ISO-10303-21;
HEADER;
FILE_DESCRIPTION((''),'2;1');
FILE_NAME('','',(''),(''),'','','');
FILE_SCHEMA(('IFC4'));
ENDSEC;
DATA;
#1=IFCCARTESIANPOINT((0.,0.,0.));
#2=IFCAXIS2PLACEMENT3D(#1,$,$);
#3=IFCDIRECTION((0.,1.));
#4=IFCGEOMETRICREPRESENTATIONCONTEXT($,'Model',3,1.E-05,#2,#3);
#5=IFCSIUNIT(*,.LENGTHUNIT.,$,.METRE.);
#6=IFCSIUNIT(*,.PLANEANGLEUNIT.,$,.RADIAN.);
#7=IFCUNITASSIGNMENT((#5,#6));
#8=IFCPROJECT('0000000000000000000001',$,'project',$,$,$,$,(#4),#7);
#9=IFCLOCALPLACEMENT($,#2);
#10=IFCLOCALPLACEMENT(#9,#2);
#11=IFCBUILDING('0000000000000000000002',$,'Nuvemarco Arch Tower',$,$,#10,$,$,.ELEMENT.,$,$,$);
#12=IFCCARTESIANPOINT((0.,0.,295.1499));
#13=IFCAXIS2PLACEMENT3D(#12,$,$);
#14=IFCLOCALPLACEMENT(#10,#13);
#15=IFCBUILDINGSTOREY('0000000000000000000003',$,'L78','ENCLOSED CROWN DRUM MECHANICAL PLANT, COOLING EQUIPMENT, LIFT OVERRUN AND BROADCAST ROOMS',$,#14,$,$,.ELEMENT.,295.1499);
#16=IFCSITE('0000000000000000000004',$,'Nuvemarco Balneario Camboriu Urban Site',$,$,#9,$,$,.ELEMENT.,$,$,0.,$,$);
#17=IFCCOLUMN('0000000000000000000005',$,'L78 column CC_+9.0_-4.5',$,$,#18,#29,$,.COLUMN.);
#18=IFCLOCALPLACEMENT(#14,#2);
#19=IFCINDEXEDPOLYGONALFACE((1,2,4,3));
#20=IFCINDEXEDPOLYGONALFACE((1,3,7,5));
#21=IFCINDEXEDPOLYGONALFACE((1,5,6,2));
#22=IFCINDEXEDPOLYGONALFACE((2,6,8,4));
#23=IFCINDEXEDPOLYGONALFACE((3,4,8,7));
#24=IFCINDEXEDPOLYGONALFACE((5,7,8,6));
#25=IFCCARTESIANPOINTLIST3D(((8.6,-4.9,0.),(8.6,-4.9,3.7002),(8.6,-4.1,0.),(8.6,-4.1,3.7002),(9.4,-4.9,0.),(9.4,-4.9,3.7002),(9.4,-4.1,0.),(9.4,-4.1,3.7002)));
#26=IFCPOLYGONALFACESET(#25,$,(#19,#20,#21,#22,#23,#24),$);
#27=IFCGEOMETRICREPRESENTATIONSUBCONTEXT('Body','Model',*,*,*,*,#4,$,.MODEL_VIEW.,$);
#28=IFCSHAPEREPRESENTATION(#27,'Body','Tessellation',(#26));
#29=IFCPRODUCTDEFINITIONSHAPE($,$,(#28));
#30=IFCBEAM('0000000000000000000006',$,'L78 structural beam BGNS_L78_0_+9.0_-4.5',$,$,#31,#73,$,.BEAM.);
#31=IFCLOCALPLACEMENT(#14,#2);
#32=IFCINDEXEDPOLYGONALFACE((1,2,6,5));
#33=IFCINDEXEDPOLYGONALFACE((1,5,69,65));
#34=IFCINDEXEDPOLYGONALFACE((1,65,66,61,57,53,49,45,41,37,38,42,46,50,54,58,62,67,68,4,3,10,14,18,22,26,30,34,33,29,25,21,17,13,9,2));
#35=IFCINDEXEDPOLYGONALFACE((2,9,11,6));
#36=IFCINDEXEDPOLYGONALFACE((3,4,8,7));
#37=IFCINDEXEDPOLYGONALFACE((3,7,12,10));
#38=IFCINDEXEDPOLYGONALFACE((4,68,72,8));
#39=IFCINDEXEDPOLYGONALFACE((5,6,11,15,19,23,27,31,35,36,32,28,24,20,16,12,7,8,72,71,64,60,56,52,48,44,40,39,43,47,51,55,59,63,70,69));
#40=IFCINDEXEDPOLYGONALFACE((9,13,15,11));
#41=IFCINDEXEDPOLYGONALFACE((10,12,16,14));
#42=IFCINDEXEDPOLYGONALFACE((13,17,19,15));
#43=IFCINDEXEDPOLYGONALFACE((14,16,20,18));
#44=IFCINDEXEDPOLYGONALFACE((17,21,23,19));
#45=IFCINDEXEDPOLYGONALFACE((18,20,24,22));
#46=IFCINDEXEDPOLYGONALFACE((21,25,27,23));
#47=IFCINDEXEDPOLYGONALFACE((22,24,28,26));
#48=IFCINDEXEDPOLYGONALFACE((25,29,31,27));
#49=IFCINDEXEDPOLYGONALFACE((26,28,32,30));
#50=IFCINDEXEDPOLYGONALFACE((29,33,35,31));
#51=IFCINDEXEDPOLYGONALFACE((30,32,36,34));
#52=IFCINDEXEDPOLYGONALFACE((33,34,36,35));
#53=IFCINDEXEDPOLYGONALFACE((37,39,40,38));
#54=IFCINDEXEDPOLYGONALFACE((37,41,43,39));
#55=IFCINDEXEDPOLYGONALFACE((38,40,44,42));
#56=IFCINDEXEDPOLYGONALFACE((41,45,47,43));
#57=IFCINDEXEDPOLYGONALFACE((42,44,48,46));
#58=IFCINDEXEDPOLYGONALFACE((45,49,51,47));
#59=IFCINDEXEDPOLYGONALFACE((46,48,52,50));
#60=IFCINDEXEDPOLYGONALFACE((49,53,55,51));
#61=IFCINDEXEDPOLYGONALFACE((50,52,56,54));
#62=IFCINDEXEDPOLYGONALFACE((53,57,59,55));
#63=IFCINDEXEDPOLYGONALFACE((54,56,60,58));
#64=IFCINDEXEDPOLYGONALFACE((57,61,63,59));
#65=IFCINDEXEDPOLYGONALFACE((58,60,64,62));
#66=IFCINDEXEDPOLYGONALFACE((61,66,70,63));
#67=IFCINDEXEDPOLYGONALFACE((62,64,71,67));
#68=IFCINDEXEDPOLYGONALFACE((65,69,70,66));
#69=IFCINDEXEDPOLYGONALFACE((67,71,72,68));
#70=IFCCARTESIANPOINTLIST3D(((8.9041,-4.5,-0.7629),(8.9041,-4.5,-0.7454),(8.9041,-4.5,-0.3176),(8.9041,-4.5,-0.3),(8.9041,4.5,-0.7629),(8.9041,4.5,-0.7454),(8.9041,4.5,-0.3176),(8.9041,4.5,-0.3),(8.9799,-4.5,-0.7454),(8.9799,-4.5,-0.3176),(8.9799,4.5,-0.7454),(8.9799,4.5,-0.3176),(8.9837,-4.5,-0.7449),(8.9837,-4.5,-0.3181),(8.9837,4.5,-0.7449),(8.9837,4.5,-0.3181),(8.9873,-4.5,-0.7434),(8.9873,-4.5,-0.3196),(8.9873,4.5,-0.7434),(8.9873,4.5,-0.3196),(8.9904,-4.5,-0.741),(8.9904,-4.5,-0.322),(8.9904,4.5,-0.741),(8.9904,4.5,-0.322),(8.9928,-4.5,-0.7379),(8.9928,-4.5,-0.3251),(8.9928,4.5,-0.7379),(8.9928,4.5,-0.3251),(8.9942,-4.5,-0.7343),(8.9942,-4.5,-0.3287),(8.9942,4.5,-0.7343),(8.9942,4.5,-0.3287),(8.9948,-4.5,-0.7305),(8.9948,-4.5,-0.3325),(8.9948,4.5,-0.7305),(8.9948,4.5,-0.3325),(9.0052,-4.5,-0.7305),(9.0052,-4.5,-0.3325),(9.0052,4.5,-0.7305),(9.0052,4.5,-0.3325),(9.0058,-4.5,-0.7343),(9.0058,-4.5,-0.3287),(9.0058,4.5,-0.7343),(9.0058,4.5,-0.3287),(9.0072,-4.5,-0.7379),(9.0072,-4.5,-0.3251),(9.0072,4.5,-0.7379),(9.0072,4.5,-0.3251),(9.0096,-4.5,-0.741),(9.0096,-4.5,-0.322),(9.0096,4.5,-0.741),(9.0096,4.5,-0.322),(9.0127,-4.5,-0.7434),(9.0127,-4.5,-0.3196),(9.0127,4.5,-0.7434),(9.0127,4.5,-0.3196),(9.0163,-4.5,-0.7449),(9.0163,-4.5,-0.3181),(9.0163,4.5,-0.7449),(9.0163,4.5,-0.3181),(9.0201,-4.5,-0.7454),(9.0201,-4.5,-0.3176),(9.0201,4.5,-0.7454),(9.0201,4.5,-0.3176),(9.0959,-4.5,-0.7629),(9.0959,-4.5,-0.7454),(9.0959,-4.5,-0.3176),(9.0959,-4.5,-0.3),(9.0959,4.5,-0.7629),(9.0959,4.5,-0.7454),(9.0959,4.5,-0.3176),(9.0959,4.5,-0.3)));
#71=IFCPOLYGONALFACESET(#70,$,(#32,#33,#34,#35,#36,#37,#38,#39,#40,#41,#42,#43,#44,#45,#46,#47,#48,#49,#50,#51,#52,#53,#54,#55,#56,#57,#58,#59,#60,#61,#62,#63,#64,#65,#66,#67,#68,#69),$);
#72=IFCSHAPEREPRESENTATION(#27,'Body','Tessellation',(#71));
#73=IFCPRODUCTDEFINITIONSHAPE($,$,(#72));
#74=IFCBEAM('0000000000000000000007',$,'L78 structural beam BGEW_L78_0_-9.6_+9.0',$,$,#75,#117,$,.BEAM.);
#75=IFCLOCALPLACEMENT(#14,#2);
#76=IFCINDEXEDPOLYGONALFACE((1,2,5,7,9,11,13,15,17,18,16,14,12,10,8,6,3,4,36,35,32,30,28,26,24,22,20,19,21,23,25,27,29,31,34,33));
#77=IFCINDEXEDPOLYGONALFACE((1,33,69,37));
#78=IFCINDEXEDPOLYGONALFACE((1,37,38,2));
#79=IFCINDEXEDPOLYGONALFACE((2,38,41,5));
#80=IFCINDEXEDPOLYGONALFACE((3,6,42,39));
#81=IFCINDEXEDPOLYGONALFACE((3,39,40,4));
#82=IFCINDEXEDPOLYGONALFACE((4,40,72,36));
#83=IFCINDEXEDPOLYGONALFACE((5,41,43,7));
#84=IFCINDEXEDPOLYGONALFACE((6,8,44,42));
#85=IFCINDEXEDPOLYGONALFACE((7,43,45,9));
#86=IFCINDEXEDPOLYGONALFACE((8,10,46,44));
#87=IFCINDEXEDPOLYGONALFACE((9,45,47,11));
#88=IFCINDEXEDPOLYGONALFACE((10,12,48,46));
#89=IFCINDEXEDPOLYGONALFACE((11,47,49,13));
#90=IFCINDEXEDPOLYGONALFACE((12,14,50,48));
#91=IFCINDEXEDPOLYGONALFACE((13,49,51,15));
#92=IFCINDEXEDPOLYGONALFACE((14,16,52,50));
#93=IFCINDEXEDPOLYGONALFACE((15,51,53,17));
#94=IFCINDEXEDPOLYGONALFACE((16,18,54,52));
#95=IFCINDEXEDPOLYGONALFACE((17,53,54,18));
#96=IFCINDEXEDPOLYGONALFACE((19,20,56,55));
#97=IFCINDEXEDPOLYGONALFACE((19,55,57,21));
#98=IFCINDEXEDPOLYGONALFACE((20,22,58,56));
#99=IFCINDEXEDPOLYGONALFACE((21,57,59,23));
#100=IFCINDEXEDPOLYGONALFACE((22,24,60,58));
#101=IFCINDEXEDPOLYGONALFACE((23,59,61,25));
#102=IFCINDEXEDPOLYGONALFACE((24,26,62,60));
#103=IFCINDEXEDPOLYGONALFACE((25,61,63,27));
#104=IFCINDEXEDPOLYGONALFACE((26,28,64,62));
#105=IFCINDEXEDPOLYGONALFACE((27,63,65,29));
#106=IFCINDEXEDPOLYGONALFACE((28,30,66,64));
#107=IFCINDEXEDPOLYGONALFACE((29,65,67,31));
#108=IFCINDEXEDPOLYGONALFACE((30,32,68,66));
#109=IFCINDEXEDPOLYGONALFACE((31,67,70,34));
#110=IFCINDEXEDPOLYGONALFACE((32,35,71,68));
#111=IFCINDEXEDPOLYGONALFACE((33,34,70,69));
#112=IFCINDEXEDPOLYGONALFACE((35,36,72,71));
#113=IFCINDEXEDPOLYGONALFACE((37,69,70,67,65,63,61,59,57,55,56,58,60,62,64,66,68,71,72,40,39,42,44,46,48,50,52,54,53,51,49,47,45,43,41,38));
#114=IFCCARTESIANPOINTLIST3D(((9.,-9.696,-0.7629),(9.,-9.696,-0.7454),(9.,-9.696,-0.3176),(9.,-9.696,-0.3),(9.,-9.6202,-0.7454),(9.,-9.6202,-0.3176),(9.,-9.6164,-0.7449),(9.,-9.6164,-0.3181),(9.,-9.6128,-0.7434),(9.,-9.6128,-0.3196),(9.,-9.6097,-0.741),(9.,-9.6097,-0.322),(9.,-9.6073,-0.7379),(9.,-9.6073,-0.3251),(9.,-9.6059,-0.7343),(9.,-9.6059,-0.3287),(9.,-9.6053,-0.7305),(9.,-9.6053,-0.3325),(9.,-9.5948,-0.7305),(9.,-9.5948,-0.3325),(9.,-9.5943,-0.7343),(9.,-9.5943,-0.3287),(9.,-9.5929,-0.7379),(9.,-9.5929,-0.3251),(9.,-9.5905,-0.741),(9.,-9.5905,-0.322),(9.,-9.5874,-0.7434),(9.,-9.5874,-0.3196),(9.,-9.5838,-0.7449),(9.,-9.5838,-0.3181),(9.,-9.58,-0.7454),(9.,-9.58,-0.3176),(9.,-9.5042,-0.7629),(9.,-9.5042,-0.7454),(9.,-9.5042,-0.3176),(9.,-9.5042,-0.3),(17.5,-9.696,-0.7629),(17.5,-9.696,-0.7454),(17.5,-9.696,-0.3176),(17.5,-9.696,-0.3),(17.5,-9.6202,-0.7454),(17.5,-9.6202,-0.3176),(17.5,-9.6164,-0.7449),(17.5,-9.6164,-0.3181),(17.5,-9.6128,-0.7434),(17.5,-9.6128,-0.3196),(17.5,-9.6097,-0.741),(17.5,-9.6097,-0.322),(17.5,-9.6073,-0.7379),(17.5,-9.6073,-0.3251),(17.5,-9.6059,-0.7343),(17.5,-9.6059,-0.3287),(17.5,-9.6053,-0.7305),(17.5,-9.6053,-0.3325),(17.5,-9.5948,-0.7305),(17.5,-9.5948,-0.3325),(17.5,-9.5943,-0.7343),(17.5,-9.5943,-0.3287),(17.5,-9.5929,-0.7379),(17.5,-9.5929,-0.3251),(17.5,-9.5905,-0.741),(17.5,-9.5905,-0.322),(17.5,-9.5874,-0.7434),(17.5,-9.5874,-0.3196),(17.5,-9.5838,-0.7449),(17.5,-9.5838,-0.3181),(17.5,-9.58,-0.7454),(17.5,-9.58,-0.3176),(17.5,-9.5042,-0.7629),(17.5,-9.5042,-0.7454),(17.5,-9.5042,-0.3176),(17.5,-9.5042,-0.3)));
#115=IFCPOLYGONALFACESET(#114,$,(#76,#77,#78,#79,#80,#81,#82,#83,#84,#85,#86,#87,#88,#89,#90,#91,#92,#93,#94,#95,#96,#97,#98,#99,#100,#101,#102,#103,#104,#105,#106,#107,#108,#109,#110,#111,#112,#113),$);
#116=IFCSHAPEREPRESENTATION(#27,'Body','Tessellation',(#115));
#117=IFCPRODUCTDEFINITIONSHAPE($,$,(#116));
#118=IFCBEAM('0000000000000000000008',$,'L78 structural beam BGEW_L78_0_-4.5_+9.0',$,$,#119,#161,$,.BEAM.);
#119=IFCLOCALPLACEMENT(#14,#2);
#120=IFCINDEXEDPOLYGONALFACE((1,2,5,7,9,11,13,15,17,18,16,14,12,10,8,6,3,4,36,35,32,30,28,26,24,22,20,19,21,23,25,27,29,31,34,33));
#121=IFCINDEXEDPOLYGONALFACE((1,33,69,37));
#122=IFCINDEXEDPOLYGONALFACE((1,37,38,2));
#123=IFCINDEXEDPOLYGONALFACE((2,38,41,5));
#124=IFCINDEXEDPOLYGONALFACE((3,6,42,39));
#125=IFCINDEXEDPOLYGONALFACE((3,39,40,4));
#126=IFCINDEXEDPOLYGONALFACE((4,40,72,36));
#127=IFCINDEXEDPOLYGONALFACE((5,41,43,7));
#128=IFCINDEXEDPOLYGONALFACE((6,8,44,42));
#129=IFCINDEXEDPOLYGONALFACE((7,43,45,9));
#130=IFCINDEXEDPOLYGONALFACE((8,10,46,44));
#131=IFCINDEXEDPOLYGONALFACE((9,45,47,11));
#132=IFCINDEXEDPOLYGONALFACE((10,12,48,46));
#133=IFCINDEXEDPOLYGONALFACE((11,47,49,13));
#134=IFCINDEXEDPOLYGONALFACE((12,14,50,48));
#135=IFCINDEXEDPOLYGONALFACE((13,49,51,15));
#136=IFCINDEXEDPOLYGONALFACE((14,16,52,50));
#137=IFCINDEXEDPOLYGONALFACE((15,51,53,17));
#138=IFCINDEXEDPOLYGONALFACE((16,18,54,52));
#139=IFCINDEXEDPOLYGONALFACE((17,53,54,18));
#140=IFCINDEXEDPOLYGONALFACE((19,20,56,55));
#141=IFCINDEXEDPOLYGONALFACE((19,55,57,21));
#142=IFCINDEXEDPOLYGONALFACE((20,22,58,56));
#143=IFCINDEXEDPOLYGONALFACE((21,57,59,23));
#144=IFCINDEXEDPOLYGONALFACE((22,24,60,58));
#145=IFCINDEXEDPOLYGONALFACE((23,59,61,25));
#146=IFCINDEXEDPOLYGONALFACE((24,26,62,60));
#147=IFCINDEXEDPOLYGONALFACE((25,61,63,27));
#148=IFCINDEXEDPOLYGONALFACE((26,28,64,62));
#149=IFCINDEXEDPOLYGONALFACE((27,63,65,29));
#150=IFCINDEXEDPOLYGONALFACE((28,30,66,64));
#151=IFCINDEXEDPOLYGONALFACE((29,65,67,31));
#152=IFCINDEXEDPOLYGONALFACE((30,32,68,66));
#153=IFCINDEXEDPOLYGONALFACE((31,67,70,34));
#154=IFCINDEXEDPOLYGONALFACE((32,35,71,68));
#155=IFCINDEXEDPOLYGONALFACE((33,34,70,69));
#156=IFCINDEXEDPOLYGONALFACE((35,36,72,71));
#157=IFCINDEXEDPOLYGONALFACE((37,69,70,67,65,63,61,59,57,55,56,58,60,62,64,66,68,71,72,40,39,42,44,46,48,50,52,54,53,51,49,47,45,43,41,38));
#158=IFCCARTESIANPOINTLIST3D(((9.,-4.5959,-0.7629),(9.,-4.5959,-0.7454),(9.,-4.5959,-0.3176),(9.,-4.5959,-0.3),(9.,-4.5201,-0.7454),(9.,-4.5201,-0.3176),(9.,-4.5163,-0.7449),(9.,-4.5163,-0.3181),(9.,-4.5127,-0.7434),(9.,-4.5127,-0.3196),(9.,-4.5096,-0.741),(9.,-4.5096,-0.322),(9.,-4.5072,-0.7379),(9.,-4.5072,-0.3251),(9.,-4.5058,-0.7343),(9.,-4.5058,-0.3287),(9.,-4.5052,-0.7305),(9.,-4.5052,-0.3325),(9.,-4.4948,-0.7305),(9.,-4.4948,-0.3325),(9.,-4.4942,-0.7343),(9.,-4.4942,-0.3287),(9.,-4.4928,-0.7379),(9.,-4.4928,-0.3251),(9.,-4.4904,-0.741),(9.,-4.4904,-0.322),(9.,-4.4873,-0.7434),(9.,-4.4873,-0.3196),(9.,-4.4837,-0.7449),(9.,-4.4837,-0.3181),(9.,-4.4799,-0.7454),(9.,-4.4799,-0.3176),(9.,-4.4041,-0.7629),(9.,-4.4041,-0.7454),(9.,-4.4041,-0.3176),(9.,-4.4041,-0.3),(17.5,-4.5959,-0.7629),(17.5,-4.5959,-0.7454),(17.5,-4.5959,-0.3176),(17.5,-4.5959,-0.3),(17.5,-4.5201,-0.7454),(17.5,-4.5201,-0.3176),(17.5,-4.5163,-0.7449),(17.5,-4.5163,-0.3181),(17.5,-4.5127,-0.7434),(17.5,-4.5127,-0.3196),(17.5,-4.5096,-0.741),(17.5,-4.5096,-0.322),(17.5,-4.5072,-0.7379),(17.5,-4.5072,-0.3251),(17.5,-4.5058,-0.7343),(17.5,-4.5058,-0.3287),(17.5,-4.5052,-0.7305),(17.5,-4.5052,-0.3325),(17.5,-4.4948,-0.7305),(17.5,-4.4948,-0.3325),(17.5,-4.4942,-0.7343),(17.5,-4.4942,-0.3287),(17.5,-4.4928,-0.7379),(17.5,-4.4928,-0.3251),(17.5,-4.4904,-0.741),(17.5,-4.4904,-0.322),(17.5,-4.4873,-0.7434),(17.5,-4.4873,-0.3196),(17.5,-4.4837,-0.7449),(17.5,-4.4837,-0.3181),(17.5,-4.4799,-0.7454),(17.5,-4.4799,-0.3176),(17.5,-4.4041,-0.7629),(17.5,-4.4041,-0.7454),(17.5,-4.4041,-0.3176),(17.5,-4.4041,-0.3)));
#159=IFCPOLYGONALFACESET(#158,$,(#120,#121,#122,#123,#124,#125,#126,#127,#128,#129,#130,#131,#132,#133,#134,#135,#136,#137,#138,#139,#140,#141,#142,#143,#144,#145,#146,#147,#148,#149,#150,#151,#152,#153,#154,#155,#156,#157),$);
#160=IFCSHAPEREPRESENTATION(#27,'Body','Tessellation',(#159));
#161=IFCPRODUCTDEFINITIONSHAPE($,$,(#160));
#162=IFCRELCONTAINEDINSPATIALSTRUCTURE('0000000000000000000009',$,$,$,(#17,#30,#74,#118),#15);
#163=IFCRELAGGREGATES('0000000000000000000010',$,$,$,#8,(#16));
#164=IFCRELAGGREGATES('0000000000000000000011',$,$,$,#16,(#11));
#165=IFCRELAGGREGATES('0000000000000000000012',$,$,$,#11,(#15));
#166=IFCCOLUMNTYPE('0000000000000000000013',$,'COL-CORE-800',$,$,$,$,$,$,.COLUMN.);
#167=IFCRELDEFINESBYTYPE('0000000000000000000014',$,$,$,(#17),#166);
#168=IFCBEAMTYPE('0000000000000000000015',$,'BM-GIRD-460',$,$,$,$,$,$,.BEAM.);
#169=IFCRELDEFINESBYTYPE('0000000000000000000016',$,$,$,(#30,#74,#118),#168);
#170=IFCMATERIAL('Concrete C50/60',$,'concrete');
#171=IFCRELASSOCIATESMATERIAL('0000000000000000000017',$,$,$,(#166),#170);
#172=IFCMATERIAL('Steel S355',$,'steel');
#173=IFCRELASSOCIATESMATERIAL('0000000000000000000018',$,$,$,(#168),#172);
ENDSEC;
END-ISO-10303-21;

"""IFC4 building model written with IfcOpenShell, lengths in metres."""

from ifc_helpers import new_model, si_unit, direction, frame, origin, origin_2d, place, context, subcontext, project, spatial, rectangle, i_section, extrude, material, material_profile, profile_set, type_object, element, save


model = new_model("IFC4")

# Units and contexts
model_context = context("Model", 3, precision=1e-05, world=origin(), true_north=direction((0.0, 1.0)))
body_context = subcontext(model_context, "Body", "Model", "MODEL_VIEW")
ifc_project = project(units=[si_unit("LENGTHUNIT", "METRE"), si_unit("PLANEANGLEUNIT", "RADIAN")], contexts=[model_context])

# Site, building, storey
site_placement = place(None, origin())
site = spatial("IfcSite", under=ifc_project, at=site_placement, Name="Nuvemarco Balneario Camboriu Urban Site", CompositionType="ELEMENT", RefElevation=0.0)
building_placement = place(site_placement, origin())
building = spatial("IfcBuilding", under=site, at=building_placement, Name="Nuvemarco Arch Tower", CompositionType="ELEMENT")
storey_placement = place(building_placement, frame((0.0, 0.0, 295.1499)))
storey = spatial("IfcBuildingStorey", under=building, at=storey_placement, Name="L78", Description="ENCLOSED CROWN DRUM MECHANICAL PLANT, COOLING EQUIPMENT, LIFT OVERRUN AND BROADCAST ROOMS", CompositionType="ELEMENT", Elevation=295.1499)

# Column
ifc_material_1 = material(Name="Concrete C50/60", Category="concrete")
ifc_material_profile_1 = material_profile(ifc_material_1, rectangle(XDim=0.8, YDim=0.8, at=origin_2d()), Name="RC-COL-800x800")
ifc_profile_set_1 = profile_set([ifc_material_profile_1], Name="Concrete C50/60")
column_type = type_object("IfcColumnType", Name="COL-CORE-800", PredefinedType="COLUMN", material=ifc_profile_set_1)
column_placement = place(storey_placement, frame((9.0, -4.5, 0.0), z_axis=(0.0, 0.0, 1.0), x_axis=(1.0, 0.0, 0.0)))
element("IfcColumn", 1, at=column_placement, inside=storey, type_object=column_type, Name="L78 column CC_+9.0_-4.5", PredefinedType="COLUMN", context=body_context, shape_type="SweptSolid", body=[
    extrude(rectangle(XDim=0.8, YDim=0.8, at=origin_2d()), origin(), (0.0, 0.0, 1.0), 3.7002),
])

# Beams
ifc_material_2 = material(Name="Steel S355", Category="steel")
ifc_material_profile_2 = material_profile(ifc_material_2, i_section(OverallWidth=0.1919, OverallDepth=0.4629, WebThickness=0.0105, FlangeThickness=0.0176, FilletRadius=0.0149, at=origin_2d()), Name="W460x89")
ifc_profile_set_2 = profile_set([ifc_material_profile_2], Name="Steel S355")
beam_type = type_object("IfcBeamType", Name="BM-GIRD-460", PredefinedType="BEAM", material=ifc_profile_set_2)
beam_placement = place(storey_placement, frame((9.0, -4.5, -0.5315), z_axis=(0.0, 1.0, 0.0), x_axis=(-1.0, 0.0, 0.0)))
element("IfcBeam", 2, at=beam_placement, inside=storey, type_object=beam_type, Name="L78 structural beam BGNS_L78_0_+9.0_-4.5", PredefinedType="BEAM", context=body_context, shape_type="SweptSolid", body=[
    extrude(i_section(OverallWidth=0.1919, OverallDepth=0.4629, WebThickness=0.0105, FlangeThickness=0.0176, FilletRadius=0.0149, at=origin_2d()), origin(), (0.0, 0.0, 1.0), 9.0),
])
for number, where, z_axis, x_axis, name in (
    (3, (9.0, -9.6001, -0.5315), (1.0, 0.0, 0.0), (0.0, 1.0, 0.0), "L78 structural beam BGEW_L78_0_-9.6_+9.0"),
    (4, (9.0, -4.5, -0.5315), (1.0, 0.0, 0.0), (0.0, 1.0, 0.0), "L78 structural beam BGEW_L78_0_-4.5_+9.0"),
):
    element("IfcBeam", number, at=place(storey_placement, frame(where, z_axis=z_axis, x_axis=x_axis)), inside=storey, type_object=beam_type, Name=name, PredefinedType="BEAM", context=body_context, shape_type="SweptSolid", body=[
        extrude(i_section(OverallWidth=0.1919, OverallDepth=0.4629, WebThickness=0.0105, FlangeThickness=0.0176, FilletRadius=0.0149, at=origin_2d()), origin(), (0.0, 0.0, 1.0), 8.5),
    ])

save(model, "model.ifc")
